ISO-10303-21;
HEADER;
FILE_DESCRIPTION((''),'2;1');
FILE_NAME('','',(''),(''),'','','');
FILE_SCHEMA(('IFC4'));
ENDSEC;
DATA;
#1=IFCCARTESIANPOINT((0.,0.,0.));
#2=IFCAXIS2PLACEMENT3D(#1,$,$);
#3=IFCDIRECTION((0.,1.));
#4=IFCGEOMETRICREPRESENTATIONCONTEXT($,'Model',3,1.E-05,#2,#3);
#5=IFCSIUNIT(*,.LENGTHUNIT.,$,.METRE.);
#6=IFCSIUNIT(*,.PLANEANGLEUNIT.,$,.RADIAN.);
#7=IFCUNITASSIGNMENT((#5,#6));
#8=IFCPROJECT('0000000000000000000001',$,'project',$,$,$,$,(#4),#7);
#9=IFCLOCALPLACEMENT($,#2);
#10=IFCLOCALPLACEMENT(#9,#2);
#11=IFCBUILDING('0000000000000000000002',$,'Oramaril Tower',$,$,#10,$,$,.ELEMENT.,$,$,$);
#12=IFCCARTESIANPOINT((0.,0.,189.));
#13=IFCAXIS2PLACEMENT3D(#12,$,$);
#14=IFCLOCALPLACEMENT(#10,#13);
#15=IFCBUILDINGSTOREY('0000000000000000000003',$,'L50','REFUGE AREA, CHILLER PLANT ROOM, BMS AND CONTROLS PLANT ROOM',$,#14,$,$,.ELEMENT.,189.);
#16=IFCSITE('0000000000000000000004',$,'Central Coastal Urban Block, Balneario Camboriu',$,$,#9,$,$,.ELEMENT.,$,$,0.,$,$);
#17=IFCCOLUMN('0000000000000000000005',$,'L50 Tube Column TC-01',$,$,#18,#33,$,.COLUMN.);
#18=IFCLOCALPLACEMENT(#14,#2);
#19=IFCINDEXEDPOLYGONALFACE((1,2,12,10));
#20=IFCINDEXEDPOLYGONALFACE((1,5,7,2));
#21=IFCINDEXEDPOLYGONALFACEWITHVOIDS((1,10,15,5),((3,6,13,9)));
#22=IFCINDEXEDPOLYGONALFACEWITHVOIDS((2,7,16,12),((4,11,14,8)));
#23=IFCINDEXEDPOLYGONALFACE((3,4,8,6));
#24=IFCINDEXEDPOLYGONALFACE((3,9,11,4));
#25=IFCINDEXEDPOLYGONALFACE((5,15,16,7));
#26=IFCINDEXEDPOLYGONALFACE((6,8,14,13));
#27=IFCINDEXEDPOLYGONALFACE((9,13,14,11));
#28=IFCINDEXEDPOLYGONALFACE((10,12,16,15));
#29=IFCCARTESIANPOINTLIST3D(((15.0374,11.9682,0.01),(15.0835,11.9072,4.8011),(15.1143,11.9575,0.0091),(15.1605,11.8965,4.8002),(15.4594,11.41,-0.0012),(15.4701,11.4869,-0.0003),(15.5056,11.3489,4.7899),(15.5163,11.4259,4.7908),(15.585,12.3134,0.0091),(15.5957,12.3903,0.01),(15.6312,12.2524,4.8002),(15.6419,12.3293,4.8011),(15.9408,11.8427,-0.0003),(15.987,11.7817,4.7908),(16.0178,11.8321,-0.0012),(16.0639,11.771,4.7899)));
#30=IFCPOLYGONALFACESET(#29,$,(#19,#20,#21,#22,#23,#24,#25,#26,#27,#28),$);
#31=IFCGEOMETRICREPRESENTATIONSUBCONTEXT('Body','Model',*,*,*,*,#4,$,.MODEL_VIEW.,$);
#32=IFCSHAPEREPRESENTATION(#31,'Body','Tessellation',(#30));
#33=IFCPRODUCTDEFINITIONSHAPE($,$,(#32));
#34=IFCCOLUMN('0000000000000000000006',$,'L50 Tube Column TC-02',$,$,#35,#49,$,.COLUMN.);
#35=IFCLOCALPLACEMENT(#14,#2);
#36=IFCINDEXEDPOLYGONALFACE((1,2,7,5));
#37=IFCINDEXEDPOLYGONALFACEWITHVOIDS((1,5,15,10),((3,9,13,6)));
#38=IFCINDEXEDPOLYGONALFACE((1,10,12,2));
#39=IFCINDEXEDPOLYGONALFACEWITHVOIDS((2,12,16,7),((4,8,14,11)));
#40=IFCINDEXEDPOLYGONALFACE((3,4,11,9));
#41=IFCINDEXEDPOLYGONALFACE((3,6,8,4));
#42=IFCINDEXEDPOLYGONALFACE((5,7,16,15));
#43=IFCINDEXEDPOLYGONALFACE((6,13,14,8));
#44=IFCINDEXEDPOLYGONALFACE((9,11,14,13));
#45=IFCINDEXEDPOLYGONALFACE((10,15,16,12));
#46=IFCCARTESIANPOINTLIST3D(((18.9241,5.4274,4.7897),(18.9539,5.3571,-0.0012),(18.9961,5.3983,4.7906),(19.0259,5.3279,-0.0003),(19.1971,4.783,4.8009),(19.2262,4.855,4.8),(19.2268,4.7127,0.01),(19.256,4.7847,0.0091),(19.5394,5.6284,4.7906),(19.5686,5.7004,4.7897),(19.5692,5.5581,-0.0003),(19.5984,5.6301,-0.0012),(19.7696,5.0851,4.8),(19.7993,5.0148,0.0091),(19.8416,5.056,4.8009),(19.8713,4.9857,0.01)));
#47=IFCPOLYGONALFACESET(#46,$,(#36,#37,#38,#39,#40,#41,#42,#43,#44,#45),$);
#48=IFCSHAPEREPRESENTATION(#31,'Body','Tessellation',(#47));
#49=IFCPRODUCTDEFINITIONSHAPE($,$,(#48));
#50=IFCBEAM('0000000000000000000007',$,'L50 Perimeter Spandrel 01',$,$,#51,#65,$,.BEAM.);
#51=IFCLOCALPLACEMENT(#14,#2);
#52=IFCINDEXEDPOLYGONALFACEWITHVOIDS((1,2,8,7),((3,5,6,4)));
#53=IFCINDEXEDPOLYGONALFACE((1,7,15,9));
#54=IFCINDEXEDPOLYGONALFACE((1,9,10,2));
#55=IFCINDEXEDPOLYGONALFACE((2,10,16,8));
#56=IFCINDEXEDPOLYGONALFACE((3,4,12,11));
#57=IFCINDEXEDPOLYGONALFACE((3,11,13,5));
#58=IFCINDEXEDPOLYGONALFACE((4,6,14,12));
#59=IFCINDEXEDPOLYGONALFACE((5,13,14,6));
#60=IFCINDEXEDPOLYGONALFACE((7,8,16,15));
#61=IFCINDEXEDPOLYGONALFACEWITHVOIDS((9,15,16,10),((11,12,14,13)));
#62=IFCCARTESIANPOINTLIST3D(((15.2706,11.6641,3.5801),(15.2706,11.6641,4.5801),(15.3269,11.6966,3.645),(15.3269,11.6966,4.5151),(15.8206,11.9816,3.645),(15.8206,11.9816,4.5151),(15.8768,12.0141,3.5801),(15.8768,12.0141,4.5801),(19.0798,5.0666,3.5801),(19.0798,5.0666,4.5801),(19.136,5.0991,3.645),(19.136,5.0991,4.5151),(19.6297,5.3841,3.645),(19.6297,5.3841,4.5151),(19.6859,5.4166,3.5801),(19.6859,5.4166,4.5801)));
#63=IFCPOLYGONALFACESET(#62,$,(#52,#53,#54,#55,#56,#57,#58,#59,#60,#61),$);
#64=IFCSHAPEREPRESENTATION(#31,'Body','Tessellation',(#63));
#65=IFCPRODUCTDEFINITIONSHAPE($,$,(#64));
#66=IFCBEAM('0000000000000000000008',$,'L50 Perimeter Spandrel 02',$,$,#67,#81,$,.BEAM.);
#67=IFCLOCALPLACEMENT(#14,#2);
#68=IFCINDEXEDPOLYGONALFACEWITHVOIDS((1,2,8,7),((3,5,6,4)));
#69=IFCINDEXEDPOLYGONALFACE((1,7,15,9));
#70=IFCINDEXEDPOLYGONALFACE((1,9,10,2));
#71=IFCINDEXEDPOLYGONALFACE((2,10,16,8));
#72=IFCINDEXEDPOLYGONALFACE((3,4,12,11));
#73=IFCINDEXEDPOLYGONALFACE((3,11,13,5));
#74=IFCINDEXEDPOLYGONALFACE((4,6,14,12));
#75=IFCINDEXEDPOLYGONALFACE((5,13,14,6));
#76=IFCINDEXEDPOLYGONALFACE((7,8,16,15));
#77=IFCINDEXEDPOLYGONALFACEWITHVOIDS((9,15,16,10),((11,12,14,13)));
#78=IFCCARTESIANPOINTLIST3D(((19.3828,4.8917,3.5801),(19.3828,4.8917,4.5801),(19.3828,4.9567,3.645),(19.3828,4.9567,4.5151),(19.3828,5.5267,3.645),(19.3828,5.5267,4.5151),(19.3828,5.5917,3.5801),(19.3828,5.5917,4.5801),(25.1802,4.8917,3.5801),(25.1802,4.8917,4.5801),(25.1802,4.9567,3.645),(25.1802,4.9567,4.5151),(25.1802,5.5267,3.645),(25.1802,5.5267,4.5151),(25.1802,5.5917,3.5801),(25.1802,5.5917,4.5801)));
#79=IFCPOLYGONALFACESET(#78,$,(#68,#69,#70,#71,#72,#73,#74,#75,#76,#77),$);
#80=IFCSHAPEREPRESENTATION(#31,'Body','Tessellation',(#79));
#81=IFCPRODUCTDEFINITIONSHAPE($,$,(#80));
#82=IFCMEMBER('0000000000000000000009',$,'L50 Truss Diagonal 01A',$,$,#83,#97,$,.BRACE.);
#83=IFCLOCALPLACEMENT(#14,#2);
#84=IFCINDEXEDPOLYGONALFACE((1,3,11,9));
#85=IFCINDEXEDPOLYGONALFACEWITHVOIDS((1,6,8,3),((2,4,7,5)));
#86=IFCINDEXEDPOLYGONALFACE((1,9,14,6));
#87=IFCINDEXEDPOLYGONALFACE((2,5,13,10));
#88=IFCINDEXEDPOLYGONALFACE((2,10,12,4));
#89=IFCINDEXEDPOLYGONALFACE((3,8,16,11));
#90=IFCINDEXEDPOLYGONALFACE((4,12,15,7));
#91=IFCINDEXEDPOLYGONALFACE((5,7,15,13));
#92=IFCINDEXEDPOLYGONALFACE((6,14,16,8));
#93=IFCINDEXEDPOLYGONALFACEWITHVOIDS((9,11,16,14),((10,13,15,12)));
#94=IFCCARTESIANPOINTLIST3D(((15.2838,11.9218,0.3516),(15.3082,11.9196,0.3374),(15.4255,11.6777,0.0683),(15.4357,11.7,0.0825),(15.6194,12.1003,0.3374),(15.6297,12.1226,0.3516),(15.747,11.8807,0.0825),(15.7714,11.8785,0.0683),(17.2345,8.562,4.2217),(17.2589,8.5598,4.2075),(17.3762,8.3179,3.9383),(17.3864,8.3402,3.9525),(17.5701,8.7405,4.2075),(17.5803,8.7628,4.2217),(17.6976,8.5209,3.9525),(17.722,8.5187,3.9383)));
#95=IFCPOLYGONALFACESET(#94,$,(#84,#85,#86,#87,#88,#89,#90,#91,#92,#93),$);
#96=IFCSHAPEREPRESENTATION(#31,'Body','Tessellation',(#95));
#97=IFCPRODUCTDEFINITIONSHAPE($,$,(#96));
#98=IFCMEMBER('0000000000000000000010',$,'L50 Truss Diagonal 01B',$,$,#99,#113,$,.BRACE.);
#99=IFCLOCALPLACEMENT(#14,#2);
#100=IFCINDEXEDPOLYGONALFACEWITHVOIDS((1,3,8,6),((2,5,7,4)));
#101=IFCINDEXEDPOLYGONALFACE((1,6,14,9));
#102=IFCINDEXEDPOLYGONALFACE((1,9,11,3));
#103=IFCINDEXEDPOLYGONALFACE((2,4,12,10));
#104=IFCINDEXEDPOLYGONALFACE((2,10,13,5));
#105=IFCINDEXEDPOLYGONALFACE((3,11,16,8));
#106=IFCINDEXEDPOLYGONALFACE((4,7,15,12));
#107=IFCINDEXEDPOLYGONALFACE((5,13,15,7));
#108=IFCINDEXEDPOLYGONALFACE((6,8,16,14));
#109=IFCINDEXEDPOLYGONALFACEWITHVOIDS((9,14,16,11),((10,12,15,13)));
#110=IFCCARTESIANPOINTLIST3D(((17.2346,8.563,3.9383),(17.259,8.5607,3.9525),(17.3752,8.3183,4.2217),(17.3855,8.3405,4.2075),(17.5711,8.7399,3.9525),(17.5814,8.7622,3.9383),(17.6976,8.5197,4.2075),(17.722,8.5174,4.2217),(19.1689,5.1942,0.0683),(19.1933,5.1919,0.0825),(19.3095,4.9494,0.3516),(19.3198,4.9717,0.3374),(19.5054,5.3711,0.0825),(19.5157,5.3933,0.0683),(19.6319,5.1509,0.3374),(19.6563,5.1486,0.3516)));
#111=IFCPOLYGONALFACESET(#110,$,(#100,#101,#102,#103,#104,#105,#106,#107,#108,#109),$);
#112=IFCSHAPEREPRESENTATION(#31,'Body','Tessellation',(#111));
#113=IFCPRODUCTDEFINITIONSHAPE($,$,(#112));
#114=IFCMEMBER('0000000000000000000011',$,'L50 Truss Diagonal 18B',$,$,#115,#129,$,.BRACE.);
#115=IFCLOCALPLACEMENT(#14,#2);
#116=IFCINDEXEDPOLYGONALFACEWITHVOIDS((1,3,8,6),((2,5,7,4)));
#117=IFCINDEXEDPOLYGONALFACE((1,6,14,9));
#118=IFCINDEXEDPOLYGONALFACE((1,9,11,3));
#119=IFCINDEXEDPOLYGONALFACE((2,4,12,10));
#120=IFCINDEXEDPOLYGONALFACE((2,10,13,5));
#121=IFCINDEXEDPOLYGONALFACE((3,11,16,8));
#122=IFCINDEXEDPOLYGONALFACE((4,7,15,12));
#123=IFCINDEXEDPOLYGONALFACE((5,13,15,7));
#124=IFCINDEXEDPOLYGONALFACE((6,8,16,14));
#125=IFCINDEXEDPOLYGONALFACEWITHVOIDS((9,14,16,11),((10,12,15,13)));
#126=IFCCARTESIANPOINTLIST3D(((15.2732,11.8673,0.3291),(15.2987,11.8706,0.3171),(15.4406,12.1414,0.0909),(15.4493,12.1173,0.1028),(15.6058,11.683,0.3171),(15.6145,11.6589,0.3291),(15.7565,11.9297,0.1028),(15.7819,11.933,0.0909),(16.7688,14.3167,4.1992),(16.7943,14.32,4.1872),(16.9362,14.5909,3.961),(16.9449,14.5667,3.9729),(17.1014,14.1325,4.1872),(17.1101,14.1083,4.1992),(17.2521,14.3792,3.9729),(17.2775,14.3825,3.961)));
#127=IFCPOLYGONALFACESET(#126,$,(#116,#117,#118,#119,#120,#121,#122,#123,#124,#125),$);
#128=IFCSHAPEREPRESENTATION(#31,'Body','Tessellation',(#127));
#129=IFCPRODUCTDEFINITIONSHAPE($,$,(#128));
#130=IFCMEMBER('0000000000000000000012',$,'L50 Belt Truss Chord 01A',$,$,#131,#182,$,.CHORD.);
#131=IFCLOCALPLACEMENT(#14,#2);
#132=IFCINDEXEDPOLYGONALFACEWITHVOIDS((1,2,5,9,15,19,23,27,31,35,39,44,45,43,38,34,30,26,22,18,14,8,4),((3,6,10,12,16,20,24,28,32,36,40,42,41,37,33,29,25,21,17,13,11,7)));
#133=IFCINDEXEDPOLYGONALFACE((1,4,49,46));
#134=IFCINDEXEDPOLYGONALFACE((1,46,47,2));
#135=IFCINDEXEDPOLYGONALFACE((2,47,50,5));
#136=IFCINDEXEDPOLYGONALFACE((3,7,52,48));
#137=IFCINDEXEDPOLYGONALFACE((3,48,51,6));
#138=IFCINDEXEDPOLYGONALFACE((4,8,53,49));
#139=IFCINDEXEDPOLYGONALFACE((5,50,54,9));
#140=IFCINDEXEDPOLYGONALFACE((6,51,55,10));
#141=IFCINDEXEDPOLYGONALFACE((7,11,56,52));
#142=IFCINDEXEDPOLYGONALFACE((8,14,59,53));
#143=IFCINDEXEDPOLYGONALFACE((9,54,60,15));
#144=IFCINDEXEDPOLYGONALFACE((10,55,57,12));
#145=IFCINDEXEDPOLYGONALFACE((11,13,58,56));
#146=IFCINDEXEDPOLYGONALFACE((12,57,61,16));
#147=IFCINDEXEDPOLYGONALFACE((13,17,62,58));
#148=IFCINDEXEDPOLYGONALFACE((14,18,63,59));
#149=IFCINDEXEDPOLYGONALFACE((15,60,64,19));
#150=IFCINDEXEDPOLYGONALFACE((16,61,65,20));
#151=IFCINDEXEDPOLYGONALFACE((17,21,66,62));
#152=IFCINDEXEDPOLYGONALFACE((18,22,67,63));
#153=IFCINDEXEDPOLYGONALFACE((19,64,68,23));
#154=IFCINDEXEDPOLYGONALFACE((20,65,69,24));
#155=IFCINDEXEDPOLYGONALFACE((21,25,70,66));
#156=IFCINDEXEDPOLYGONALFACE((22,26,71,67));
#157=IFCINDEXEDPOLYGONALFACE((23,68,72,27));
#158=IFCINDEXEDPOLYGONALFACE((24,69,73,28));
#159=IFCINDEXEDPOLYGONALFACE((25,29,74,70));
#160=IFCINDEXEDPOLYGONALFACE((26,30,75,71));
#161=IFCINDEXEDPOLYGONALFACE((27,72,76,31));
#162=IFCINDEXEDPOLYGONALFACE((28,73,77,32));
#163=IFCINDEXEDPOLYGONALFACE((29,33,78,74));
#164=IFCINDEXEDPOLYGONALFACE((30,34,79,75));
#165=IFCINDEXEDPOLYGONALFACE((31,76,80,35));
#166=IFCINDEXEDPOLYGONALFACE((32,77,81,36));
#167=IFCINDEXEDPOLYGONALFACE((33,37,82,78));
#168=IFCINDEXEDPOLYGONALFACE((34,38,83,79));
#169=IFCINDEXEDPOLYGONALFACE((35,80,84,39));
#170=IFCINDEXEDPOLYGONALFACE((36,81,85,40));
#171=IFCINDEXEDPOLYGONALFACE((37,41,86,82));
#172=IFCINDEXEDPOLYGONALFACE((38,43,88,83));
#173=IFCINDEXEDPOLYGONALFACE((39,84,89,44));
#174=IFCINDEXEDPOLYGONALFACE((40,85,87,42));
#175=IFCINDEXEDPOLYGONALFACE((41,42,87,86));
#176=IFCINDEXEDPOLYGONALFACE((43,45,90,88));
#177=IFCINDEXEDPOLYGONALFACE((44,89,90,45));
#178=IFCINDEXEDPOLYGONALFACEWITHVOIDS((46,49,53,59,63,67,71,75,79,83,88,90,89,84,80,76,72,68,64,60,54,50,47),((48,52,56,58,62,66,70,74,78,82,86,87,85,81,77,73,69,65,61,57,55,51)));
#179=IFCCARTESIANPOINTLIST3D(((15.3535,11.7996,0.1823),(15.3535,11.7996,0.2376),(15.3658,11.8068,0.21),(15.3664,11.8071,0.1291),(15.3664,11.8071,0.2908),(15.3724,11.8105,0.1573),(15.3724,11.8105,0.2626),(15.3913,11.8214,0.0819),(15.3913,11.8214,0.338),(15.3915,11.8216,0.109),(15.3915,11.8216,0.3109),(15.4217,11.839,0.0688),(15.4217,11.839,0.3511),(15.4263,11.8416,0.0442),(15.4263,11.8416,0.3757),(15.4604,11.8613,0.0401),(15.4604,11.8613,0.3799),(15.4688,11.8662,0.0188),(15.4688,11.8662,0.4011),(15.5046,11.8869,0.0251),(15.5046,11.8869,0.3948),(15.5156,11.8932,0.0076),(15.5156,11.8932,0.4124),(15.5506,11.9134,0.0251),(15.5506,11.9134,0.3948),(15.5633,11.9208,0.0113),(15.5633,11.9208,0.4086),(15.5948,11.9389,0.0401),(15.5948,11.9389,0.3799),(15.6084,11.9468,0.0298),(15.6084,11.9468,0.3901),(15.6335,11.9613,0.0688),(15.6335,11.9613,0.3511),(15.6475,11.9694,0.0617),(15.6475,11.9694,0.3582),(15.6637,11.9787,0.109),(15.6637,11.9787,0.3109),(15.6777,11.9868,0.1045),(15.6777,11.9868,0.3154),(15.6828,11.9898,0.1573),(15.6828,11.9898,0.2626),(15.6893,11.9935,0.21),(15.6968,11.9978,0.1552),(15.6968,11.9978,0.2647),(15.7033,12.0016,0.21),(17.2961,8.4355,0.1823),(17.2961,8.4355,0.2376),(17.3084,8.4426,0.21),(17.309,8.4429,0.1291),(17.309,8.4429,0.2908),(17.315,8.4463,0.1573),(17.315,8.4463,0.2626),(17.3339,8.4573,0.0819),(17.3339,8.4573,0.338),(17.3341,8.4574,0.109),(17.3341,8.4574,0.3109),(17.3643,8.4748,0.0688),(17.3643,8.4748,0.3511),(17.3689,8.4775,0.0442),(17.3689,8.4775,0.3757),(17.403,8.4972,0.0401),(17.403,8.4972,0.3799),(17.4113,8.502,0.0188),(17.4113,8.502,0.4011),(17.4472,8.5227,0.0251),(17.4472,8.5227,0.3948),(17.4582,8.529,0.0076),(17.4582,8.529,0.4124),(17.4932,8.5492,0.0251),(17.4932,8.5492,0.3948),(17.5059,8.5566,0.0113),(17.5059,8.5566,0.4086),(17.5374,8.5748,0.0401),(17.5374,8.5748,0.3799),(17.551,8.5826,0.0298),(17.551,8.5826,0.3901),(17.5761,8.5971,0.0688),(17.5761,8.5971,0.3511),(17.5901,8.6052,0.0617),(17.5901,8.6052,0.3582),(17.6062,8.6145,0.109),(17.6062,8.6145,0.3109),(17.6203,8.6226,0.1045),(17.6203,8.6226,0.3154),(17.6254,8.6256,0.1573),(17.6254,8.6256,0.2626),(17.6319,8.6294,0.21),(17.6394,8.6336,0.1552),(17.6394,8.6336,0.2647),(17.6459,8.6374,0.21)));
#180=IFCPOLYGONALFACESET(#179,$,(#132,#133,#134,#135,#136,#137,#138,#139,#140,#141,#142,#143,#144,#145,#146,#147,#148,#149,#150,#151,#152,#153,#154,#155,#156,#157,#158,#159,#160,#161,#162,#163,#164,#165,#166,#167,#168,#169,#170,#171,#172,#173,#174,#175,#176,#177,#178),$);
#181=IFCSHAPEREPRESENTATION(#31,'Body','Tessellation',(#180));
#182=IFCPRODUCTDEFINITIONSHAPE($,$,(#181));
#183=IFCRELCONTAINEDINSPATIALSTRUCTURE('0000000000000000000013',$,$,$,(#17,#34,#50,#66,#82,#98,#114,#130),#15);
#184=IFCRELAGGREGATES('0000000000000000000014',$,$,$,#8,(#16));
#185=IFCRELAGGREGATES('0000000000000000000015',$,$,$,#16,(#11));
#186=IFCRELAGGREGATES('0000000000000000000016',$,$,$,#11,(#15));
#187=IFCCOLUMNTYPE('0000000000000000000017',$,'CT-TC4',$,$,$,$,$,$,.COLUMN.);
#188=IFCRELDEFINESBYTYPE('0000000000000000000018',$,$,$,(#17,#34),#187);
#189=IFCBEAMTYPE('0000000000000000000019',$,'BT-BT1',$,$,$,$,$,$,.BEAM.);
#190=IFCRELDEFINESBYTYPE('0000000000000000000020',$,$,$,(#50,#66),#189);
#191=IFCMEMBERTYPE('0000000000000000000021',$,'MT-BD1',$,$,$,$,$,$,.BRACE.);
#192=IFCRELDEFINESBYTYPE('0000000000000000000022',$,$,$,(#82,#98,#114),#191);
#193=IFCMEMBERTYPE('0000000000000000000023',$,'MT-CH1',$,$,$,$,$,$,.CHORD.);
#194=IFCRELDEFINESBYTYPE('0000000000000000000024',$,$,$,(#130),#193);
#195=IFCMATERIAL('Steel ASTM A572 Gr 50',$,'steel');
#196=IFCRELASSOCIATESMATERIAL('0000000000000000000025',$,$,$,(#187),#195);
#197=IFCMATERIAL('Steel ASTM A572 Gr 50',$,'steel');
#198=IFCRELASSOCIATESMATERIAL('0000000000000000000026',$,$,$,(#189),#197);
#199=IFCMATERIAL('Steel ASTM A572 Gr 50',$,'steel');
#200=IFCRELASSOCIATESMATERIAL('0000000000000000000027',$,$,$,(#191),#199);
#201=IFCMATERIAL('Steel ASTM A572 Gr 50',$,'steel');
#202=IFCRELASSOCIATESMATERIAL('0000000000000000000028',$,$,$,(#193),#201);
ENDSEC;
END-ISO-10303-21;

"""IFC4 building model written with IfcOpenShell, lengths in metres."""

from ifc_helpers import new_model, si_unit, direction, frame, origin, origin_2d, place, context, subcontext, project, spatial, hollow_rectangle, hollow_circle, extrude, material, material_profile, profile_set, type_object, element, save


model = new_model("IFC4")

# Units and contexts
model_context = context("Model", 3, precision=1e-05, world=origin(), true_north=direction((0.0, 1.0)))
body_context = subcontext(model_context, "Body", "Model", "MODEL_VIEW")
ifc_project = project(units=[si_unit("LENGTHUNIT", "METRE"), si_unit("PLANEANGLEUNIT", "RADIAN")], contexts=[model_context])

# Site, building, storey
site_placement = place(None, origin())
site = spatial("IfcSite", under=ifc_project, at=site_placement, Name="Central Coastal Urban Block, Balneario Camboriu", CompositionType="ELEMENT", RefElevation=0.0)
building_placement = place(site_placement, origin())
building = spatial("IfcBuilding", under=site, at=building_placement, Name="Oramaril Tower", CompositionType="ELEMENT")
storey_placement = place(building_placement, frame((0.0, 0.0, 189.0)))
storey = spatial("IfcBuildingStorey", under=building, at=storey_placement, Name="L50", Description="REFUGE AREA, CHILLER PLANT ROOM, BMS AND CONTROLS PLANT ROOM", CompositionType="ELEMENT", Elevation=189.0)

# Columns
ifc_material_1 = material(Name="Steel ASTM A572 Gr 50", Category="steel")
ifc_material_profile_1 = material_profile(ifc_material_1, hollow_rectangle(XDim=0.7, YDim=0.7, WallThickness=0.0549, at=origin_2d()), Name="BOX700X700X55")
ifc_profile_set_1 = profile_set([ifc_material_profile_1], Name="Steel ASTM A572 Gr 50")
column_type = type_object("IfcColumnType", Name="CT-TC4", PredefinedType="COLUMN", material=ifc_profile_set_1)
column_1_placement = place(storey_placement, frame((15.5276, 11.9001, 0.0044), z_axis=(0.00963, -0.012738, 0.999872), x_axis=(0.797697, 0.603059, 0.0)))
element("IfcColumn", 1, at=column_1_placement, inside=storey, type_object=column_type, Name="L50 Tube Column TC-01", PredefinedType="COLUMN", context=body_context, shape_type="SweptSolid", body=[
    extrude(hollow_rectangle(XDim=0.7, YDim=0.7, WallThickness=0.0549, at=origin_2d()), origin(), (0.0, 0.0, 1.0), 4.7917),
])
column_2_placement = place(storey_placement, frame((19.4126, 5.1714, 0.0044), z_axis=(-0.006216, 0.014674, 0.999873), x_axis=(-0.920791, -0.390057, 0.0)))
element("IfcColumn", 2, at=column_2_placement, inside=storey, type_object=column_type, Name="L50 Tube Column TC-02", PredefinedType="COLUMN", context=body_context, shape_type="SweptSolid", body=[
    extrude(hollow_rectangle(XDim=0.7, YDim=0.7, WallThickness=0.0549, at=origin_2d()), origin(), (0.0, 0.0, 1.0), 4.7915),
])

# Beams
ifc_material_2 = material(Name="Steel ASTM A572 Gr 50", Category="steel")
ifc_material_profile_2 = material_profile(ifc_material_2, hollow_rectangle(XDim=0.7, YDim=1.0, WallThickness=0.0649, at=origin_2d()), Name="BOX1000X700X65")
ifc_profile_set_2 = profile_set([ifc_material_profile_2], Name="Steel ASTM A572 Gr 50")
beam_type = type_object("IfcBeamType", Name="BT-BT1", PredefinedType="BEAM", material=ifc_profile_set_2)
beam_1_placement = place(storey_placement, frame((15.5737, 11.8391, 4.0801), z_axis=(0.500006, -0.866022, 0.0), x_axis=(0.866022, 0.500006, 0.0)))
element("IfcBeam", 3, at=beam_1_placement, inside=storey, type_object=beam_type, Name="L50 Perimeter Spandrel 01", PredefinedType="BEAM", context=body_context, shape_type="SweptSolid", body=[
    extrude(hollow_rectangle(XDim=0.7, YDim=1.0, WallThickness=0.0649, at=origin_2d()), origin(), (0.0, 0.0, 1.0), 7.6182),
])
beam_2_placement = place(storey_placement, frame((19.3828, 5.2417, 4.0801), z_axis=(1.0, 0.0, 0.0), x_axis=(0.0, 1.0, 0.0)))
element("IfcBeam", 4, at=beam_2_placement, inside=storey, type_object=beam_type, Name="L50 Perimeter Spandrel 02", PredefinedType="BEAM", context=body_context, shape_type="SweptSolid", body=[
    extrude(hollow_rectangle(XDim=0.7, YDim=1.0, WallThickness=0.0649, at=origin_2d()), origin(), (0.0, 0.0, 1.0), 5.7974),
])

# Members
ifc_material_3 = material(Name="Steel ASTM A572 Gr 50", Category="steel")
ifc_material_profile_3 = material_profile(ifc_material_3, hollow_rectangle(XDim=0.3999, YDim=0.3999, WallThickness=0.02, at=origin_2d()), Name="HSS400X400X20")
ifc_profile_set_3 = profile_set([ifc_material_profile_3], Name="Steel ASTM A572 Gr 50")
member_type_1 = type_object("IfcMemberType", Name="MT-BD1", PredefinedType="BRACE", material=ifc_profile_set_3)
member_1_placement = place(storey_placement, frame((15.5276, 11.9001, 0.21), z_axis=(0.35572, -0.612693, 0.705741), x_axis=(0.864812, 0.502096, 0.0)))
element("IfcMember", 5, at=member_1_placement, inside=storey, type_object=member_type_1, Name="L50 Truss Diagonal 01A", PredefinedType="BRACE", context=body_context, shape_type="SweptSolid", body=[
    extrude(hollow_rectangle(XDim=0.3999, YDim=0.3999, WallThickness=0.02, at=origin_2d()), origin(), (0.0, 0.0, 1.0), 5.4836),
])
member_2_placement = place(storey_placement, frame((19.4126, 5.1714, 0.21), z_axis=(-0.352753, 0.614369, 0.705774), x_axis=(-0.867216, -0.497931, 0.0)))
element("IfcMember", 6, at=member_2_placement, inside=storey, type_object=member_type_1, Name="L50 Truss Diagonal 01B", PredefinedType="BRACE", context=body_context, shape_type="SweptSolid", body=[
    extrude(hollow_rectangle(XDim=0.3999, YDim=0.3999, WallThickness=0.02, at=origin_2d()), origin(), (0.0, 0.0, 1.0), 5.4834),
])
member_3_placement = place(storey_placement, frame((15.5276, 11.9001, 0.21), z_axis=(0.310411, 0.508383, 0.803238), x_axis=(-0.853482, 0.521123, 0.0)))
element("IfcMember", 7, at=member_3_placement, inside=storey, type_object=member_type_1, Name="L50 Truss Diagonal 18B", PredefinedType="BRACE", context=body_context, shape_type="SweptSolid", body=[
    extrude(hollow_rectangle(XDim=0.3999, YDim=0.3999, WallThickness=0.02, at=origin_2d()), origin(), (0.0, 0.0, 1.0), 4.8181),
])
ifc_material_4 = material(Name="Steel ASTM A572 Gr 50", Category="steel")
ifc_material_profile_4 = material_profile(ifc_material_4, hollow_circle(Radius=0.2029, WallThickness=0.0161, at=origin_2d()), Name="CHS406X16")
ifc_profile_set_4 = profile_set([ifc_material_profile_4], Name="Steel ASTM A572 Gr 50")
member_type_2 = type_object("IfcMemberType", Name="MT-CH1", PredefinedType="CHORD", material=ifc_profile_set_4)
member_4_placement = place(storey_placement, frame((15.5276, 11.9001, 0.21), z_axis=(0.500052, -0.865995, 0.0), x_axis=(0.865995, 0.500052, 0.0)))
element("IfcMember", 8, at=member_4_placement, inside=storey, type_object=member_type_2, Name="L50 Belt Truss Chord 01A", PredefinedType="CHORD", context=body_context, shape_type="SweptSolid", body=[
    extrude(hollow_circle(Radius=0.2029, WallThickness=0.0161, at=origin_2d()), origin(), (0.0, 0.0, 1.0), 3.8848),
])

save(model, "model.ifc")
